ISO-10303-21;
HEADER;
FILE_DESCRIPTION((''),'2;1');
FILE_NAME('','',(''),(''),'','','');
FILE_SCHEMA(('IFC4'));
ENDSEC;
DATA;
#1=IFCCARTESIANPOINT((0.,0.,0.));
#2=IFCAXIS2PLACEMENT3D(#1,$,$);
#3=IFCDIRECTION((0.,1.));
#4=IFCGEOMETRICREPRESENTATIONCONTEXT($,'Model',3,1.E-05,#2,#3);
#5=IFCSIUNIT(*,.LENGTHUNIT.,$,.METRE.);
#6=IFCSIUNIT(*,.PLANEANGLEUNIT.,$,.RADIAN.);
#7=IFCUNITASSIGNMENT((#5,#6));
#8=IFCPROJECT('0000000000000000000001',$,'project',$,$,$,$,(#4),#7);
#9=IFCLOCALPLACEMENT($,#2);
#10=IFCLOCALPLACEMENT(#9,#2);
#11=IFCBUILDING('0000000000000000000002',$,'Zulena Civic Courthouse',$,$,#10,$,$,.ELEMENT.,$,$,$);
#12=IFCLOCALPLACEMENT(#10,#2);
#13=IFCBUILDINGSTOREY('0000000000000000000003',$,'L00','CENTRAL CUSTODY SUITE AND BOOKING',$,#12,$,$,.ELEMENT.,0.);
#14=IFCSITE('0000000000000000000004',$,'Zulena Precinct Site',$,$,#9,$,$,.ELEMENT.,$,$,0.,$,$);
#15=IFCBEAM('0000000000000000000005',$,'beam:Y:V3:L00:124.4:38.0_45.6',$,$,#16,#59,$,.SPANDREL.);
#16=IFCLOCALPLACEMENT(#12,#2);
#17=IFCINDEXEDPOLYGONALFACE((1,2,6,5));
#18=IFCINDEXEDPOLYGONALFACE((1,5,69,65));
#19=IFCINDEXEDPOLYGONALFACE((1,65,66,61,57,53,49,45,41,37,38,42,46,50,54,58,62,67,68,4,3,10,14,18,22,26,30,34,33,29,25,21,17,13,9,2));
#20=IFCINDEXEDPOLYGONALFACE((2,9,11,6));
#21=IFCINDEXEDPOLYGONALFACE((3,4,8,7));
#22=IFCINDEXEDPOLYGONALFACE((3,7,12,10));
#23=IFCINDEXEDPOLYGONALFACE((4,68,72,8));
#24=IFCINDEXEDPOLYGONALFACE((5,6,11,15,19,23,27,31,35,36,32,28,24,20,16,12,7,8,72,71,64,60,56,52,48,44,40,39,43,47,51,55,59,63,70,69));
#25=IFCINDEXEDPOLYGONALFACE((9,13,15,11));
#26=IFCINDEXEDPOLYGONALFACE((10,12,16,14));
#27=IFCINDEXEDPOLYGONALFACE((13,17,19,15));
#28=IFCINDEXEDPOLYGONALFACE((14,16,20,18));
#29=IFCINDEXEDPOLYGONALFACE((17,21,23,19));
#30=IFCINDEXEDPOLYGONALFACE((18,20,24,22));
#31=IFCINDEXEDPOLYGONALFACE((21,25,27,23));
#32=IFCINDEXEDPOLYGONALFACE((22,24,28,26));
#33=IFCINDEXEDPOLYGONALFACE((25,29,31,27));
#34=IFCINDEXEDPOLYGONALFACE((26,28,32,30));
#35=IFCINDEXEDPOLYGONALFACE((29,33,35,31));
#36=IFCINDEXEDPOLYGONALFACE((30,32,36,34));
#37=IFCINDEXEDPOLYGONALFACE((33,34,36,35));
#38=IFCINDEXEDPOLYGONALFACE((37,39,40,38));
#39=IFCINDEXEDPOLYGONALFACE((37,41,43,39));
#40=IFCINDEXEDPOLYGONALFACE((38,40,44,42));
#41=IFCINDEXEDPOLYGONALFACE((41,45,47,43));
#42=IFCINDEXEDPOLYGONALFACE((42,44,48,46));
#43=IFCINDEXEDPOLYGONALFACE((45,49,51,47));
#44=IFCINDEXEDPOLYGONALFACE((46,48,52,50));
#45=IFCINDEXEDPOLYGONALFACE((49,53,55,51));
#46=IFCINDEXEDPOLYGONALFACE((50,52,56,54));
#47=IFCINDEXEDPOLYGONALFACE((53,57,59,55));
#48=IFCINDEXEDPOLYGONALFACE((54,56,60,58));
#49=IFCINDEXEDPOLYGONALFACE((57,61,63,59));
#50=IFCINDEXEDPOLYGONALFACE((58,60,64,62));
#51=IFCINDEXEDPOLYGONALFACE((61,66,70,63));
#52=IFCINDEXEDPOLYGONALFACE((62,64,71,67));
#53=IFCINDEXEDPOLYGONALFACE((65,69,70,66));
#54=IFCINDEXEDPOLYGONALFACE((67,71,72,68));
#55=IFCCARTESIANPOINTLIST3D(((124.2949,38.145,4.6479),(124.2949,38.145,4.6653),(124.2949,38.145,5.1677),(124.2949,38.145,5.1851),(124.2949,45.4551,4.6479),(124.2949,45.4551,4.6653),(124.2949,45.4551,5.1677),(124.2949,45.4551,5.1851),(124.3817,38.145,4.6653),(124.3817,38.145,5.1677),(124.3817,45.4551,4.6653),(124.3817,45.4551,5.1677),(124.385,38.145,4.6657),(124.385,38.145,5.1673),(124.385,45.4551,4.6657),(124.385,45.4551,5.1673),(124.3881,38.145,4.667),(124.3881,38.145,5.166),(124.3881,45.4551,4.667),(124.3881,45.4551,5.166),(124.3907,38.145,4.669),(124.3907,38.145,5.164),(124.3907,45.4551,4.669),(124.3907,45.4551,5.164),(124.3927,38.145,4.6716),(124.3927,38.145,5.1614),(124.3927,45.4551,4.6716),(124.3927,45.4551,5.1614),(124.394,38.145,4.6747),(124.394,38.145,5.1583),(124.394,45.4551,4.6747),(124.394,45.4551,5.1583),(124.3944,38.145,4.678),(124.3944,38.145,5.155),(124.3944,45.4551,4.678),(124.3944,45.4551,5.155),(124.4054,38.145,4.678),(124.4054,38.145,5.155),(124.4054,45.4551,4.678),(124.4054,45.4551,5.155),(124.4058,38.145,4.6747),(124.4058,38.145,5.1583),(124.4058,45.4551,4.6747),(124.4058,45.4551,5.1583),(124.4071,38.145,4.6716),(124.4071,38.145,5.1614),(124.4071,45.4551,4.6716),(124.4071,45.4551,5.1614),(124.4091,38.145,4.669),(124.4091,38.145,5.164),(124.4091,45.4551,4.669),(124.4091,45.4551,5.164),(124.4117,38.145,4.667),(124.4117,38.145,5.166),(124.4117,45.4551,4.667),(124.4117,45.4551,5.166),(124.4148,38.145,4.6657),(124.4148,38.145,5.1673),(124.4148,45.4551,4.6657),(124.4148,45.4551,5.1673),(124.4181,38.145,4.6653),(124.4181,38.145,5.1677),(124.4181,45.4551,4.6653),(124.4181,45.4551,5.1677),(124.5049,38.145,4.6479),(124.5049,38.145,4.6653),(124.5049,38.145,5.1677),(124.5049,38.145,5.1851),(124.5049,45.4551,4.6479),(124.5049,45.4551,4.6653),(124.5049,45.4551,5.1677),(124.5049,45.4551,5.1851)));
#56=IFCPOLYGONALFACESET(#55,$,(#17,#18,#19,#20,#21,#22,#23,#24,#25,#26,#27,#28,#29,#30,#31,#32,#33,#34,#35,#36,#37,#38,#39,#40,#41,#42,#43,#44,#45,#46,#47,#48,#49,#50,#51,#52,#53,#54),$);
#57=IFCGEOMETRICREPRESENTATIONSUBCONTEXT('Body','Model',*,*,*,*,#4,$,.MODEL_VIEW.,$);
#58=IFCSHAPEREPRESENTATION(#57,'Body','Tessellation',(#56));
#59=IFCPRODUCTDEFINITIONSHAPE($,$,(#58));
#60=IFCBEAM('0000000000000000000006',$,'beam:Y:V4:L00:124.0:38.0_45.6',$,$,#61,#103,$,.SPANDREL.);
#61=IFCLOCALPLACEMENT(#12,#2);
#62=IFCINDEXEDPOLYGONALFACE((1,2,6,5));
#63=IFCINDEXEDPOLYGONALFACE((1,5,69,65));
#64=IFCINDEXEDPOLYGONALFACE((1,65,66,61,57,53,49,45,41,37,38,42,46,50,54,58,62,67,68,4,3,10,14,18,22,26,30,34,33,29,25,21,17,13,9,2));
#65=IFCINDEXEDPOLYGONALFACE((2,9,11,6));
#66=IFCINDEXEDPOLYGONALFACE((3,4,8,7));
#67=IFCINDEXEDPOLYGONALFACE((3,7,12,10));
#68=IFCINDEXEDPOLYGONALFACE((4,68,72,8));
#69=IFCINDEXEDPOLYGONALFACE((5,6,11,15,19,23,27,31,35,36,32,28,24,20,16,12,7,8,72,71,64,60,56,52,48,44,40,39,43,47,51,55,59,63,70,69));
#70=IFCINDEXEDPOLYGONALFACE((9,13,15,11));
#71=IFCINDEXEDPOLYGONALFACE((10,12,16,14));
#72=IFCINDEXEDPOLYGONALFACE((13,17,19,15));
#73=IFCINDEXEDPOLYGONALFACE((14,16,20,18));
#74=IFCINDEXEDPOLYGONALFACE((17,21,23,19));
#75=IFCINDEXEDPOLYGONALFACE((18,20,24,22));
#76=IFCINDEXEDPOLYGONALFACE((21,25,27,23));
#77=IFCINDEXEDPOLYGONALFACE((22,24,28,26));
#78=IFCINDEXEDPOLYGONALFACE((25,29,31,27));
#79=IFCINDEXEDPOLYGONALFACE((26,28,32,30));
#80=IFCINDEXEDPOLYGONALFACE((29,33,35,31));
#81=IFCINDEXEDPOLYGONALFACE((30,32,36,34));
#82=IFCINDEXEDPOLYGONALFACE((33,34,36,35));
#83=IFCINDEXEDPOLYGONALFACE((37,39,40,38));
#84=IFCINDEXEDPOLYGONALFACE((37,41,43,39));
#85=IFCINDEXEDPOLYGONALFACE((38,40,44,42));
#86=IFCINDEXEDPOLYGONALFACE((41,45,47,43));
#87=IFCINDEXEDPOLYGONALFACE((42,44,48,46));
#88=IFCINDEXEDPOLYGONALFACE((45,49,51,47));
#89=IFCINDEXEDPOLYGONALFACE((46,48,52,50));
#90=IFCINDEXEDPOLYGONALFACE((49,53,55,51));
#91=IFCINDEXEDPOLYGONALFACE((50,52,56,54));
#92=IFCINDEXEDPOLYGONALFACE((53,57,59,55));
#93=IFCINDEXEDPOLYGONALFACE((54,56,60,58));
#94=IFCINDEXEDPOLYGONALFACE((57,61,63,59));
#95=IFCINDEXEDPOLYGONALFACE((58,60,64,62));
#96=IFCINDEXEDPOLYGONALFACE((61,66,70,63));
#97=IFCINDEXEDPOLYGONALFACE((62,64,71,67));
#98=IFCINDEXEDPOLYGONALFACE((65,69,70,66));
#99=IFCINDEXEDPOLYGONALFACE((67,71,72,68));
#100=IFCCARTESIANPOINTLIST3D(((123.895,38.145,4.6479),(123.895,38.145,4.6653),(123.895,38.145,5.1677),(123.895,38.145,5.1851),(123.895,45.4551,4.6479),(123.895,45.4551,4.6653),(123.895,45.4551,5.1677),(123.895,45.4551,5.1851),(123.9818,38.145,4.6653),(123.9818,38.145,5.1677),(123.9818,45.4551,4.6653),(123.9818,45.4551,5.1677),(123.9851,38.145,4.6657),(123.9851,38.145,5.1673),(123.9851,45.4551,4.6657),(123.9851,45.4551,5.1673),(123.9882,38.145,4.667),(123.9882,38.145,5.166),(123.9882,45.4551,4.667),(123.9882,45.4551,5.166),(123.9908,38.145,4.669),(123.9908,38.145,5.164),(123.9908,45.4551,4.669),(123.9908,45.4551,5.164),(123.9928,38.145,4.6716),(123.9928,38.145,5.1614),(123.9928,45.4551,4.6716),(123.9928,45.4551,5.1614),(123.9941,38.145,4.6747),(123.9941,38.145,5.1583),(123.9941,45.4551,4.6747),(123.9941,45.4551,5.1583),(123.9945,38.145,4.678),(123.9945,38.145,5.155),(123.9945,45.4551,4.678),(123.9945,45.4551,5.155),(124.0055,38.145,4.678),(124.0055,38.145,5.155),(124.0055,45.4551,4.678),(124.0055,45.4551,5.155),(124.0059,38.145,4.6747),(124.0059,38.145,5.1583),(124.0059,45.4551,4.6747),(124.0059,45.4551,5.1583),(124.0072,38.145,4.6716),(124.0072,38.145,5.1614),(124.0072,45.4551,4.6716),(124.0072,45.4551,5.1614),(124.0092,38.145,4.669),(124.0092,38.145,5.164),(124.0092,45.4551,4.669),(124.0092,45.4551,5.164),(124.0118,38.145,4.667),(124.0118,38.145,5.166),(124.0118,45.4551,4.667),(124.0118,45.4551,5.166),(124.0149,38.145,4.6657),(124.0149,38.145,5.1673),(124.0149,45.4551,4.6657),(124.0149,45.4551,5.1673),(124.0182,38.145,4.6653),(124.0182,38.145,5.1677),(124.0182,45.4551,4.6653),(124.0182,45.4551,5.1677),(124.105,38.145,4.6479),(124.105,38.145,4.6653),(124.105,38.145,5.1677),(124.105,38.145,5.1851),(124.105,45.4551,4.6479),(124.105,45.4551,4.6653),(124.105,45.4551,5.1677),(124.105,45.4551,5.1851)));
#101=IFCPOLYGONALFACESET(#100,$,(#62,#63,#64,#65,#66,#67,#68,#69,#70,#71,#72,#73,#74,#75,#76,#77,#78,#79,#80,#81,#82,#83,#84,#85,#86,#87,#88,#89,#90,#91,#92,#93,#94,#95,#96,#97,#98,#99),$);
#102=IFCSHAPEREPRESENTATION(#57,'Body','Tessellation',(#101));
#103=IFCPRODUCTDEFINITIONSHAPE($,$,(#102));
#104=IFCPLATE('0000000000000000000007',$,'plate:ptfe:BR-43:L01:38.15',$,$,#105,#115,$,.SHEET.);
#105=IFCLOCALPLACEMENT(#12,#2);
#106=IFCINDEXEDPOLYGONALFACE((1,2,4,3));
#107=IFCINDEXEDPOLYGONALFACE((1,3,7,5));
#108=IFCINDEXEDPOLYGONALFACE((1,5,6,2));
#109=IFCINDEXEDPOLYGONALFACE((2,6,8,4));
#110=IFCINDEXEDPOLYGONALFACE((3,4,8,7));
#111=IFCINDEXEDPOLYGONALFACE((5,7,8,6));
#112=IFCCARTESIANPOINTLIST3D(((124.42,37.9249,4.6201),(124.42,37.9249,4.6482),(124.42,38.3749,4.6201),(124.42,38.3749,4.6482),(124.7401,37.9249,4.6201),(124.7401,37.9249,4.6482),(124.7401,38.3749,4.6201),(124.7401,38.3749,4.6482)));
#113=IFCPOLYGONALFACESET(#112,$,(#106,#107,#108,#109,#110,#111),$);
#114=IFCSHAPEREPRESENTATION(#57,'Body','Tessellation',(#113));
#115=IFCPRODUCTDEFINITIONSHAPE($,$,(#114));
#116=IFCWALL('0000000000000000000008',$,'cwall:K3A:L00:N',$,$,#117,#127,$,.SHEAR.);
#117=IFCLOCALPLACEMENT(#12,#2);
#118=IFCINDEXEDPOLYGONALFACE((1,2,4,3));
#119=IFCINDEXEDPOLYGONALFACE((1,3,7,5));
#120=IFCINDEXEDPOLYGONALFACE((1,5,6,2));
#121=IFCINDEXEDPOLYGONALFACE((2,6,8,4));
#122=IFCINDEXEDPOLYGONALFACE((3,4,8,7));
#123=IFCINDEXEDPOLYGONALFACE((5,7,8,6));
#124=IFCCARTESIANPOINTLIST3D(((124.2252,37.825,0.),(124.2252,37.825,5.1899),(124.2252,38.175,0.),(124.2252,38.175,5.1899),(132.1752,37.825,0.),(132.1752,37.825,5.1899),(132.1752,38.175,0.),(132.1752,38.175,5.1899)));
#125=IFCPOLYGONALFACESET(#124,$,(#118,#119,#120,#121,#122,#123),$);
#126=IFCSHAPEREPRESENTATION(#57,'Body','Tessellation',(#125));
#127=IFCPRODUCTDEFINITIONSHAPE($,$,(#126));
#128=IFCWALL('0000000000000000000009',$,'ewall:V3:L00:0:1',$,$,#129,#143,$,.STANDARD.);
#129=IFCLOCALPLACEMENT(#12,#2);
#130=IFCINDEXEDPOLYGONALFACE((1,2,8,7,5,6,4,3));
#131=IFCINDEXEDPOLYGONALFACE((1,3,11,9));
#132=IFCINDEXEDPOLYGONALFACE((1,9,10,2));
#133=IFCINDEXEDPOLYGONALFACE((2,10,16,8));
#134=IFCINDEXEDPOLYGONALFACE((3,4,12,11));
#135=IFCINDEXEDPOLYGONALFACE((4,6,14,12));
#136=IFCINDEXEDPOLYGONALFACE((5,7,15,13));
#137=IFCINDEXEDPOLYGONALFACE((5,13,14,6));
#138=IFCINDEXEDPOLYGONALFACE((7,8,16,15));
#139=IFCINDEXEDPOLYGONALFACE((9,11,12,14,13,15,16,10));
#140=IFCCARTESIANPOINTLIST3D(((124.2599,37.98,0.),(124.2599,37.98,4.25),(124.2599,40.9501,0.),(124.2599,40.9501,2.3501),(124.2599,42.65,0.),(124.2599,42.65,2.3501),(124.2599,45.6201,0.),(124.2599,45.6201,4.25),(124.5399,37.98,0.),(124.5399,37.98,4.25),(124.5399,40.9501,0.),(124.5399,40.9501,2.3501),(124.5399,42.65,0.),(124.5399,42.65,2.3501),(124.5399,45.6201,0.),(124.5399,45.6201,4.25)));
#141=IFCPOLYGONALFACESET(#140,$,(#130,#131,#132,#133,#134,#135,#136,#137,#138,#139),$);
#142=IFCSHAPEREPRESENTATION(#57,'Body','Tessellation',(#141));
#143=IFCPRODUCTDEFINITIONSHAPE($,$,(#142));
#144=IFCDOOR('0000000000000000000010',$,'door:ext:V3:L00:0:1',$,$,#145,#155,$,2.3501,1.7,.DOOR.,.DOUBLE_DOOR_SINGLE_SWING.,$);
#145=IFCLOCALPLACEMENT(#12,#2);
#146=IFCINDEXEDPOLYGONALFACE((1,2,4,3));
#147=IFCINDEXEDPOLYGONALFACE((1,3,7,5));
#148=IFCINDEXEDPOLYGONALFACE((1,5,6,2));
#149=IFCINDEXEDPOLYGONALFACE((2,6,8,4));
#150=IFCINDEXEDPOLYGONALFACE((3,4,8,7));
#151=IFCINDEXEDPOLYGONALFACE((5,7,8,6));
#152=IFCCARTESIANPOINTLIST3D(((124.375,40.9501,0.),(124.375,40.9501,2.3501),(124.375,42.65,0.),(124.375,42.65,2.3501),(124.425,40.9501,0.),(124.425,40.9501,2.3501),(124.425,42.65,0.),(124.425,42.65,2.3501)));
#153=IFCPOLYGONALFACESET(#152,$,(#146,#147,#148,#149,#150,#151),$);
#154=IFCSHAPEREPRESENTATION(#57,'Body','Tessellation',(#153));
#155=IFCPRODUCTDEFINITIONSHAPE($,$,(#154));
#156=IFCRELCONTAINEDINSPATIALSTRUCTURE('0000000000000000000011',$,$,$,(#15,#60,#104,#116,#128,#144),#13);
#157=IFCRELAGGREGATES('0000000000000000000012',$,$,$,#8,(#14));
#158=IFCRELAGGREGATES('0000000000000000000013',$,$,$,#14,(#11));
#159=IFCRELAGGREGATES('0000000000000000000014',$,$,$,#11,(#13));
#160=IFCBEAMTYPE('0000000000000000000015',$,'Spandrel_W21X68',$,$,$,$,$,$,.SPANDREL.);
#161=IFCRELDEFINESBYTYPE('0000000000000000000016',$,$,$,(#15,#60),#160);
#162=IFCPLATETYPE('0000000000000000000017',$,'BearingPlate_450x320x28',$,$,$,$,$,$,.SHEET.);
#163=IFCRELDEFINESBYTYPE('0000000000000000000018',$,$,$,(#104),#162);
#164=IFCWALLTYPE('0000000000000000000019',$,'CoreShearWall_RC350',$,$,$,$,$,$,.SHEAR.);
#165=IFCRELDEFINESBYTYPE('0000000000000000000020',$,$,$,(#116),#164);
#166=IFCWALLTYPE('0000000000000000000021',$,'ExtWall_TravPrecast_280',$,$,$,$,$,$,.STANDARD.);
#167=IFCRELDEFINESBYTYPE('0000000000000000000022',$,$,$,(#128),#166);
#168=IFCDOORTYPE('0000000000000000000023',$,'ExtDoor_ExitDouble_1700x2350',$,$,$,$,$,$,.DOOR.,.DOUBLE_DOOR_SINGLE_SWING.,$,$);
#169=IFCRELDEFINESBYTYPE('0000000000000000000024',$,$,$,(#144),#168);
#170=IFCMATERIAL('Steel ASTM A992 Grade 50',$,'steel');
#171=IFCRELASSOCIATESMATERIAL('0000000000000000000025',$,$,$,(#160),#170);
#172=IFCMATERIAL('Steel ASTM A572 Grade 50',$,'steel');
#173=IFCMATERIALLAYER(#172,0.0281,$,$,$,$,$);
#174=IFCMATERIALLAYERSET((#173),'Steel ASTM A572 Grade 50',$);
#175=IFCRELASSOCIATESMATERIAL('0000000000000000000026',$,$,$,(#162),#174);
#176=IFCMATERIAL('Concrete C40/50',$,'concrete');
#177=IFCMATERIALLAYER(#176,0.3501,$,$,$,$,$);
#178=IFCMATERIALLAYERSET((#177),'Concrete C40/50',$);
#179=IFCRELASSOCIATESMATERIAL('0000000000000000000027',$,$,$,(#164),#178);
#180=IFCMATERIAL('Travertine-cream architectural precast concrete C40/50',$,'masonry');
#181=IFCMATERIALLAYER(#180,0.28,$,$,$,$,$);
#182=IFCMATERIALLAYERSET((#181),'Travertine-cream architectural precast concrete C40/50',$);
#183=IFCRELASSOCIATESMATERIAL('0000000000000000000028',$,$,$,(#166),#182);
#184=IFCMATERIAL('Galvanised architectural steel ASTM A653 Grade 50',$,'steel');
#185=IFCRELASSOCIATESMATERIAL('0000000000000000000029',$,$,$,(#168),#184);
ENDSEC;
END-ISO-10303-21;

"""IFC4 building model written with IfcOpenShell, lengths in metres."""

from ifc_helpers import new_model, si_unit, direction, frame, frame_2d, origin, origin_2d, place, context, subcontext, project, spatial, rectangle, i_section, extrude, material, layer, layer_set, material_profile, profile_set, type_object, element, fill, save


model = new_model("IFC4")

# Units and contexts
model_context = context("Model", 3, precision=1e-05, world=origin(), true_north=direction((0.0, 1.0)))
body_context = subcontext(model_context, "Body", "Model", "MODEL_VIEW")
ifc_project = project(units=[si_unit("LENGTHUNIT", "METRE"), si_unit("PLANEANGLEUNIT", "RADIAN")], contexts=[model_context])

# Site, building, storey
site_placement = place(None, origin())
site = spatial("IfcSite", under=ifc_project, at=site_placement, Name="Zulena Precinct Site", CompositionType="ELEMENT", RefElevation=0.0)
building_placement = place(site_placement, origin())
building = spatial("IfcBuilding", under=site, at=building_placement, Name="Zulena Civic Courthouse", CompositionType="ELEMENT")
storey_placement = place(building_placement, origin())
storey = spatial("IfcBuildingStorey", under=building, at=storey_placement, Name="L00", Description="CENTRAL CUSTODY SUITE AND BOOKING", CompositionType="ELEMENT", Elevation=0.0)

# Shared definitions
ifc_material_1 = material(Name="Concrete C40/50", Category="concrete")

# Shared definitions
ifc_material_2 = material(Name="Steel ASTM A992 Grade 50", Category="steel")

# Beams
ifc_material_profile_1 = material_profile(ifc_material_2, i_section(OverallWidth=0.21, OverallDepth=0.5371, WebThickness=0.011, FlangeThickness=0.0173, FilletRadius=0.0127, at=origin_2d()), Name="W21X68")
ifc_profile_set_1 = profile_set([ifc_material_profile_1], Name="Steel ASTM A992 Grade 50")
beam_type_1 = type_object("IfcBeamType", Name="Spandrel_W21X68", PredefinedType="SPANDREL", material=ifc_profile_set_1)
for number, where, z_axis, x_axis, name in (
    (1, (124.3999, 38.145, 4.9165), (0.0, 1.0, 0.0), (-1.0, 0.0, 0.0), "beam:Y:V3:L00:124.4:38.0_45.6"),
    (2, (124.0, 38.145, 4.9165), (0.0, 1.0, 0.0), (-1.0, 0.0, 0.0), "beam:Y:V4:L00:124.0:38.0_45.6"),
):
    element("IfcBeam", number, at=place(storey_placement, frame(where, z_axis=z_axis, x_axis=x_axis)), inside=storey, type_object=beam_type_1, Name=name, PredefinedType="SPANDREL", context=body_context, shape_type="SweptSolid", body=[
        extrude(i_section(OverallWidth=0.21, OverallDepth=0.5371, WebThickness=0.011, FlangeThickness=0.0173, FilletRadius=0.0127, at=origin_2d()), origin(), (0.0, 0.0, 1.0), 7.3101),
    ])

# Plate
ifc_material_3 = material(Name="Steel ASTM A572 Grade 50", Category="steel")
ifc_layer_1 = layer(ifc_material_3, 0.0281)
ifc_layer_set_1 = layer_set([ifc_layer_1], Name="Steel ASTM A572 Grade 50")
plate_type = type_object("IfcPlateType", Name="BearingPlate_450x320x28", PredefinedType="SHEET", material=ifc_layer_set_1)
plate_placement = place(storey_placement, frame((124.5801, 38.1499, 4.6201), z_axis=(0.0, 0.0, 1.0), x_axis=(1.0, 0.0, 0.0)))
element("IfcPlate", 3, at=plate_placement, inside=storey, type_object=plate_type, Name="plate:ptfe:BR-43:L01:38.15", PredefinedType="SHEET", context=body_context, shape_type="SweptSolid", body=[
    extrude(rectangle(XDim=0.3201, YDim=0.45, at=origin_2d()), origin(), (0.0, 0.0, 1.0), 0.0281),
])

# Wall
ifc_layer_2 = layer(ifc_material_1, 0.3501)
ifc_layer_set_2 = layer_set([ifc_layer_2], Name="Concrete C40/50")
wall_type_1 = type_object("IfcWallType", Name="CoreShearWall_RC350", PredefinedType="SHEAR", material=ifc_layer_set_2)
wall_1_placement = place(storey_placement, frame((124.2251, 38.0, 0.0), z_axis=(0.0, 0.0, 1.0), x_axis=(1.0, 0.0, 0.0)))
element("IfcWall", 4, at=wall_1_placement, inside=storey, type_object=wall_type_1, Name="cwall:K3A:L00:N", PredefinedType="SHEAR", context=body_context, shape_type="SweptSolid", body=[
    extrude(rectangle(XDim=7.95, YDim=0.3501, at=frame_2d((3.9751, 0.0))), origin(), (0.0, 0.0, 1.0), 5.1899),
])

# Wall, opening, door
ifc_material_4 = material(Name="Travertine-cream architectural precast concrete C40/50", Category="masonry")
ifc_layer_3 = layer(ifc_material_4, 0.28)
ifc_layer_set_3 = layer_set([ifc_layer_3], Name="Travertine-cream architectural precast concrete C40/50")
wall_type_2 = type_object("IfcWallType", Name="ExtWall_TravPrecast_280", PredefinedType="STANDARD", material=ifc_layer_set_3)
wall_2_placement = place(storey_placement, frame((124.3999, 37.98, 0.0), z_axis=(0.0, 0.0, 1.0), x_axis=(0.0, 1.0, 0.0)))
wall_2 = element("IfcWall", 5, at=wall_2_placement, inside=storey, type_object=wall_type_2, Name="ewall:V3:L00:0:1", PredefinedType="STANDARD", context=body_context, shape_type="SweptSolid", body=[
    extrude(rectangle(XDim=7.6401, YDim=0.28, at=frame_2d((3.8201, 0.0))), origin(), (0.0, 0.0, 1.0), 4.25),
])
opening_placement = place(wall_2_placement, frame((2.97, 0.0, 0.0)))
opening = element("IfcOpeningElement", 6, at=opening_placement, cuts=wall_2, PredefinedType="OPENING", context=body_context, shape_type="SweptSolid", body=[
    extrude(rectangle(XDim=1.7, YDim=2.3501, at=frame_2d((0.8501, 1.175))), frame((0.0, 0.1499, 0.0), z_axis=(0.0, -1.0, 0.0), x_axis=(1.0, 0.0, 0.0)), (0.0, 0.0, 1.0), 0.3),
])
ifc_material_5 = material(Name="Galvanised architectural steel ASTM A653 Grade 50", Category="steel")
door_type = type_object("IfcDoorType", Name="ExtDoor_ExitDouble_1700x2350", OperationType="DOUBLE_DOOR_SINGLE_SWING", PredefinedType="DOOR", material=ifc_material_5)
door_placement = place(opening_placement, origin())
door = element("IfcDoor", 7, at=door_placement, inside=storey, type_object=door_type, Name="door:ext:V3:L00:0:1", OperationType="DOUBLE_DOOR_SINGLE_SWING", OverallHeight=2.3501, OverallWidth=1.7, PredefinedType="DOOR", context=body_context, shape_type="SweptSolid", body=[
    extrude(rectangle(XDim=1.7, YDim=2.3501, at=frame_2d((0.8501, 1.175))), frame((0.0, 0.0249, 0.0), z_axis=(0.0, -1.0, 0.0), x_axis=(1.0, 0.0, 0.0)), (0.0, 0.0, 1.0), 0.05),
])
fill(opening, door)

save(model, "model.ifc")
